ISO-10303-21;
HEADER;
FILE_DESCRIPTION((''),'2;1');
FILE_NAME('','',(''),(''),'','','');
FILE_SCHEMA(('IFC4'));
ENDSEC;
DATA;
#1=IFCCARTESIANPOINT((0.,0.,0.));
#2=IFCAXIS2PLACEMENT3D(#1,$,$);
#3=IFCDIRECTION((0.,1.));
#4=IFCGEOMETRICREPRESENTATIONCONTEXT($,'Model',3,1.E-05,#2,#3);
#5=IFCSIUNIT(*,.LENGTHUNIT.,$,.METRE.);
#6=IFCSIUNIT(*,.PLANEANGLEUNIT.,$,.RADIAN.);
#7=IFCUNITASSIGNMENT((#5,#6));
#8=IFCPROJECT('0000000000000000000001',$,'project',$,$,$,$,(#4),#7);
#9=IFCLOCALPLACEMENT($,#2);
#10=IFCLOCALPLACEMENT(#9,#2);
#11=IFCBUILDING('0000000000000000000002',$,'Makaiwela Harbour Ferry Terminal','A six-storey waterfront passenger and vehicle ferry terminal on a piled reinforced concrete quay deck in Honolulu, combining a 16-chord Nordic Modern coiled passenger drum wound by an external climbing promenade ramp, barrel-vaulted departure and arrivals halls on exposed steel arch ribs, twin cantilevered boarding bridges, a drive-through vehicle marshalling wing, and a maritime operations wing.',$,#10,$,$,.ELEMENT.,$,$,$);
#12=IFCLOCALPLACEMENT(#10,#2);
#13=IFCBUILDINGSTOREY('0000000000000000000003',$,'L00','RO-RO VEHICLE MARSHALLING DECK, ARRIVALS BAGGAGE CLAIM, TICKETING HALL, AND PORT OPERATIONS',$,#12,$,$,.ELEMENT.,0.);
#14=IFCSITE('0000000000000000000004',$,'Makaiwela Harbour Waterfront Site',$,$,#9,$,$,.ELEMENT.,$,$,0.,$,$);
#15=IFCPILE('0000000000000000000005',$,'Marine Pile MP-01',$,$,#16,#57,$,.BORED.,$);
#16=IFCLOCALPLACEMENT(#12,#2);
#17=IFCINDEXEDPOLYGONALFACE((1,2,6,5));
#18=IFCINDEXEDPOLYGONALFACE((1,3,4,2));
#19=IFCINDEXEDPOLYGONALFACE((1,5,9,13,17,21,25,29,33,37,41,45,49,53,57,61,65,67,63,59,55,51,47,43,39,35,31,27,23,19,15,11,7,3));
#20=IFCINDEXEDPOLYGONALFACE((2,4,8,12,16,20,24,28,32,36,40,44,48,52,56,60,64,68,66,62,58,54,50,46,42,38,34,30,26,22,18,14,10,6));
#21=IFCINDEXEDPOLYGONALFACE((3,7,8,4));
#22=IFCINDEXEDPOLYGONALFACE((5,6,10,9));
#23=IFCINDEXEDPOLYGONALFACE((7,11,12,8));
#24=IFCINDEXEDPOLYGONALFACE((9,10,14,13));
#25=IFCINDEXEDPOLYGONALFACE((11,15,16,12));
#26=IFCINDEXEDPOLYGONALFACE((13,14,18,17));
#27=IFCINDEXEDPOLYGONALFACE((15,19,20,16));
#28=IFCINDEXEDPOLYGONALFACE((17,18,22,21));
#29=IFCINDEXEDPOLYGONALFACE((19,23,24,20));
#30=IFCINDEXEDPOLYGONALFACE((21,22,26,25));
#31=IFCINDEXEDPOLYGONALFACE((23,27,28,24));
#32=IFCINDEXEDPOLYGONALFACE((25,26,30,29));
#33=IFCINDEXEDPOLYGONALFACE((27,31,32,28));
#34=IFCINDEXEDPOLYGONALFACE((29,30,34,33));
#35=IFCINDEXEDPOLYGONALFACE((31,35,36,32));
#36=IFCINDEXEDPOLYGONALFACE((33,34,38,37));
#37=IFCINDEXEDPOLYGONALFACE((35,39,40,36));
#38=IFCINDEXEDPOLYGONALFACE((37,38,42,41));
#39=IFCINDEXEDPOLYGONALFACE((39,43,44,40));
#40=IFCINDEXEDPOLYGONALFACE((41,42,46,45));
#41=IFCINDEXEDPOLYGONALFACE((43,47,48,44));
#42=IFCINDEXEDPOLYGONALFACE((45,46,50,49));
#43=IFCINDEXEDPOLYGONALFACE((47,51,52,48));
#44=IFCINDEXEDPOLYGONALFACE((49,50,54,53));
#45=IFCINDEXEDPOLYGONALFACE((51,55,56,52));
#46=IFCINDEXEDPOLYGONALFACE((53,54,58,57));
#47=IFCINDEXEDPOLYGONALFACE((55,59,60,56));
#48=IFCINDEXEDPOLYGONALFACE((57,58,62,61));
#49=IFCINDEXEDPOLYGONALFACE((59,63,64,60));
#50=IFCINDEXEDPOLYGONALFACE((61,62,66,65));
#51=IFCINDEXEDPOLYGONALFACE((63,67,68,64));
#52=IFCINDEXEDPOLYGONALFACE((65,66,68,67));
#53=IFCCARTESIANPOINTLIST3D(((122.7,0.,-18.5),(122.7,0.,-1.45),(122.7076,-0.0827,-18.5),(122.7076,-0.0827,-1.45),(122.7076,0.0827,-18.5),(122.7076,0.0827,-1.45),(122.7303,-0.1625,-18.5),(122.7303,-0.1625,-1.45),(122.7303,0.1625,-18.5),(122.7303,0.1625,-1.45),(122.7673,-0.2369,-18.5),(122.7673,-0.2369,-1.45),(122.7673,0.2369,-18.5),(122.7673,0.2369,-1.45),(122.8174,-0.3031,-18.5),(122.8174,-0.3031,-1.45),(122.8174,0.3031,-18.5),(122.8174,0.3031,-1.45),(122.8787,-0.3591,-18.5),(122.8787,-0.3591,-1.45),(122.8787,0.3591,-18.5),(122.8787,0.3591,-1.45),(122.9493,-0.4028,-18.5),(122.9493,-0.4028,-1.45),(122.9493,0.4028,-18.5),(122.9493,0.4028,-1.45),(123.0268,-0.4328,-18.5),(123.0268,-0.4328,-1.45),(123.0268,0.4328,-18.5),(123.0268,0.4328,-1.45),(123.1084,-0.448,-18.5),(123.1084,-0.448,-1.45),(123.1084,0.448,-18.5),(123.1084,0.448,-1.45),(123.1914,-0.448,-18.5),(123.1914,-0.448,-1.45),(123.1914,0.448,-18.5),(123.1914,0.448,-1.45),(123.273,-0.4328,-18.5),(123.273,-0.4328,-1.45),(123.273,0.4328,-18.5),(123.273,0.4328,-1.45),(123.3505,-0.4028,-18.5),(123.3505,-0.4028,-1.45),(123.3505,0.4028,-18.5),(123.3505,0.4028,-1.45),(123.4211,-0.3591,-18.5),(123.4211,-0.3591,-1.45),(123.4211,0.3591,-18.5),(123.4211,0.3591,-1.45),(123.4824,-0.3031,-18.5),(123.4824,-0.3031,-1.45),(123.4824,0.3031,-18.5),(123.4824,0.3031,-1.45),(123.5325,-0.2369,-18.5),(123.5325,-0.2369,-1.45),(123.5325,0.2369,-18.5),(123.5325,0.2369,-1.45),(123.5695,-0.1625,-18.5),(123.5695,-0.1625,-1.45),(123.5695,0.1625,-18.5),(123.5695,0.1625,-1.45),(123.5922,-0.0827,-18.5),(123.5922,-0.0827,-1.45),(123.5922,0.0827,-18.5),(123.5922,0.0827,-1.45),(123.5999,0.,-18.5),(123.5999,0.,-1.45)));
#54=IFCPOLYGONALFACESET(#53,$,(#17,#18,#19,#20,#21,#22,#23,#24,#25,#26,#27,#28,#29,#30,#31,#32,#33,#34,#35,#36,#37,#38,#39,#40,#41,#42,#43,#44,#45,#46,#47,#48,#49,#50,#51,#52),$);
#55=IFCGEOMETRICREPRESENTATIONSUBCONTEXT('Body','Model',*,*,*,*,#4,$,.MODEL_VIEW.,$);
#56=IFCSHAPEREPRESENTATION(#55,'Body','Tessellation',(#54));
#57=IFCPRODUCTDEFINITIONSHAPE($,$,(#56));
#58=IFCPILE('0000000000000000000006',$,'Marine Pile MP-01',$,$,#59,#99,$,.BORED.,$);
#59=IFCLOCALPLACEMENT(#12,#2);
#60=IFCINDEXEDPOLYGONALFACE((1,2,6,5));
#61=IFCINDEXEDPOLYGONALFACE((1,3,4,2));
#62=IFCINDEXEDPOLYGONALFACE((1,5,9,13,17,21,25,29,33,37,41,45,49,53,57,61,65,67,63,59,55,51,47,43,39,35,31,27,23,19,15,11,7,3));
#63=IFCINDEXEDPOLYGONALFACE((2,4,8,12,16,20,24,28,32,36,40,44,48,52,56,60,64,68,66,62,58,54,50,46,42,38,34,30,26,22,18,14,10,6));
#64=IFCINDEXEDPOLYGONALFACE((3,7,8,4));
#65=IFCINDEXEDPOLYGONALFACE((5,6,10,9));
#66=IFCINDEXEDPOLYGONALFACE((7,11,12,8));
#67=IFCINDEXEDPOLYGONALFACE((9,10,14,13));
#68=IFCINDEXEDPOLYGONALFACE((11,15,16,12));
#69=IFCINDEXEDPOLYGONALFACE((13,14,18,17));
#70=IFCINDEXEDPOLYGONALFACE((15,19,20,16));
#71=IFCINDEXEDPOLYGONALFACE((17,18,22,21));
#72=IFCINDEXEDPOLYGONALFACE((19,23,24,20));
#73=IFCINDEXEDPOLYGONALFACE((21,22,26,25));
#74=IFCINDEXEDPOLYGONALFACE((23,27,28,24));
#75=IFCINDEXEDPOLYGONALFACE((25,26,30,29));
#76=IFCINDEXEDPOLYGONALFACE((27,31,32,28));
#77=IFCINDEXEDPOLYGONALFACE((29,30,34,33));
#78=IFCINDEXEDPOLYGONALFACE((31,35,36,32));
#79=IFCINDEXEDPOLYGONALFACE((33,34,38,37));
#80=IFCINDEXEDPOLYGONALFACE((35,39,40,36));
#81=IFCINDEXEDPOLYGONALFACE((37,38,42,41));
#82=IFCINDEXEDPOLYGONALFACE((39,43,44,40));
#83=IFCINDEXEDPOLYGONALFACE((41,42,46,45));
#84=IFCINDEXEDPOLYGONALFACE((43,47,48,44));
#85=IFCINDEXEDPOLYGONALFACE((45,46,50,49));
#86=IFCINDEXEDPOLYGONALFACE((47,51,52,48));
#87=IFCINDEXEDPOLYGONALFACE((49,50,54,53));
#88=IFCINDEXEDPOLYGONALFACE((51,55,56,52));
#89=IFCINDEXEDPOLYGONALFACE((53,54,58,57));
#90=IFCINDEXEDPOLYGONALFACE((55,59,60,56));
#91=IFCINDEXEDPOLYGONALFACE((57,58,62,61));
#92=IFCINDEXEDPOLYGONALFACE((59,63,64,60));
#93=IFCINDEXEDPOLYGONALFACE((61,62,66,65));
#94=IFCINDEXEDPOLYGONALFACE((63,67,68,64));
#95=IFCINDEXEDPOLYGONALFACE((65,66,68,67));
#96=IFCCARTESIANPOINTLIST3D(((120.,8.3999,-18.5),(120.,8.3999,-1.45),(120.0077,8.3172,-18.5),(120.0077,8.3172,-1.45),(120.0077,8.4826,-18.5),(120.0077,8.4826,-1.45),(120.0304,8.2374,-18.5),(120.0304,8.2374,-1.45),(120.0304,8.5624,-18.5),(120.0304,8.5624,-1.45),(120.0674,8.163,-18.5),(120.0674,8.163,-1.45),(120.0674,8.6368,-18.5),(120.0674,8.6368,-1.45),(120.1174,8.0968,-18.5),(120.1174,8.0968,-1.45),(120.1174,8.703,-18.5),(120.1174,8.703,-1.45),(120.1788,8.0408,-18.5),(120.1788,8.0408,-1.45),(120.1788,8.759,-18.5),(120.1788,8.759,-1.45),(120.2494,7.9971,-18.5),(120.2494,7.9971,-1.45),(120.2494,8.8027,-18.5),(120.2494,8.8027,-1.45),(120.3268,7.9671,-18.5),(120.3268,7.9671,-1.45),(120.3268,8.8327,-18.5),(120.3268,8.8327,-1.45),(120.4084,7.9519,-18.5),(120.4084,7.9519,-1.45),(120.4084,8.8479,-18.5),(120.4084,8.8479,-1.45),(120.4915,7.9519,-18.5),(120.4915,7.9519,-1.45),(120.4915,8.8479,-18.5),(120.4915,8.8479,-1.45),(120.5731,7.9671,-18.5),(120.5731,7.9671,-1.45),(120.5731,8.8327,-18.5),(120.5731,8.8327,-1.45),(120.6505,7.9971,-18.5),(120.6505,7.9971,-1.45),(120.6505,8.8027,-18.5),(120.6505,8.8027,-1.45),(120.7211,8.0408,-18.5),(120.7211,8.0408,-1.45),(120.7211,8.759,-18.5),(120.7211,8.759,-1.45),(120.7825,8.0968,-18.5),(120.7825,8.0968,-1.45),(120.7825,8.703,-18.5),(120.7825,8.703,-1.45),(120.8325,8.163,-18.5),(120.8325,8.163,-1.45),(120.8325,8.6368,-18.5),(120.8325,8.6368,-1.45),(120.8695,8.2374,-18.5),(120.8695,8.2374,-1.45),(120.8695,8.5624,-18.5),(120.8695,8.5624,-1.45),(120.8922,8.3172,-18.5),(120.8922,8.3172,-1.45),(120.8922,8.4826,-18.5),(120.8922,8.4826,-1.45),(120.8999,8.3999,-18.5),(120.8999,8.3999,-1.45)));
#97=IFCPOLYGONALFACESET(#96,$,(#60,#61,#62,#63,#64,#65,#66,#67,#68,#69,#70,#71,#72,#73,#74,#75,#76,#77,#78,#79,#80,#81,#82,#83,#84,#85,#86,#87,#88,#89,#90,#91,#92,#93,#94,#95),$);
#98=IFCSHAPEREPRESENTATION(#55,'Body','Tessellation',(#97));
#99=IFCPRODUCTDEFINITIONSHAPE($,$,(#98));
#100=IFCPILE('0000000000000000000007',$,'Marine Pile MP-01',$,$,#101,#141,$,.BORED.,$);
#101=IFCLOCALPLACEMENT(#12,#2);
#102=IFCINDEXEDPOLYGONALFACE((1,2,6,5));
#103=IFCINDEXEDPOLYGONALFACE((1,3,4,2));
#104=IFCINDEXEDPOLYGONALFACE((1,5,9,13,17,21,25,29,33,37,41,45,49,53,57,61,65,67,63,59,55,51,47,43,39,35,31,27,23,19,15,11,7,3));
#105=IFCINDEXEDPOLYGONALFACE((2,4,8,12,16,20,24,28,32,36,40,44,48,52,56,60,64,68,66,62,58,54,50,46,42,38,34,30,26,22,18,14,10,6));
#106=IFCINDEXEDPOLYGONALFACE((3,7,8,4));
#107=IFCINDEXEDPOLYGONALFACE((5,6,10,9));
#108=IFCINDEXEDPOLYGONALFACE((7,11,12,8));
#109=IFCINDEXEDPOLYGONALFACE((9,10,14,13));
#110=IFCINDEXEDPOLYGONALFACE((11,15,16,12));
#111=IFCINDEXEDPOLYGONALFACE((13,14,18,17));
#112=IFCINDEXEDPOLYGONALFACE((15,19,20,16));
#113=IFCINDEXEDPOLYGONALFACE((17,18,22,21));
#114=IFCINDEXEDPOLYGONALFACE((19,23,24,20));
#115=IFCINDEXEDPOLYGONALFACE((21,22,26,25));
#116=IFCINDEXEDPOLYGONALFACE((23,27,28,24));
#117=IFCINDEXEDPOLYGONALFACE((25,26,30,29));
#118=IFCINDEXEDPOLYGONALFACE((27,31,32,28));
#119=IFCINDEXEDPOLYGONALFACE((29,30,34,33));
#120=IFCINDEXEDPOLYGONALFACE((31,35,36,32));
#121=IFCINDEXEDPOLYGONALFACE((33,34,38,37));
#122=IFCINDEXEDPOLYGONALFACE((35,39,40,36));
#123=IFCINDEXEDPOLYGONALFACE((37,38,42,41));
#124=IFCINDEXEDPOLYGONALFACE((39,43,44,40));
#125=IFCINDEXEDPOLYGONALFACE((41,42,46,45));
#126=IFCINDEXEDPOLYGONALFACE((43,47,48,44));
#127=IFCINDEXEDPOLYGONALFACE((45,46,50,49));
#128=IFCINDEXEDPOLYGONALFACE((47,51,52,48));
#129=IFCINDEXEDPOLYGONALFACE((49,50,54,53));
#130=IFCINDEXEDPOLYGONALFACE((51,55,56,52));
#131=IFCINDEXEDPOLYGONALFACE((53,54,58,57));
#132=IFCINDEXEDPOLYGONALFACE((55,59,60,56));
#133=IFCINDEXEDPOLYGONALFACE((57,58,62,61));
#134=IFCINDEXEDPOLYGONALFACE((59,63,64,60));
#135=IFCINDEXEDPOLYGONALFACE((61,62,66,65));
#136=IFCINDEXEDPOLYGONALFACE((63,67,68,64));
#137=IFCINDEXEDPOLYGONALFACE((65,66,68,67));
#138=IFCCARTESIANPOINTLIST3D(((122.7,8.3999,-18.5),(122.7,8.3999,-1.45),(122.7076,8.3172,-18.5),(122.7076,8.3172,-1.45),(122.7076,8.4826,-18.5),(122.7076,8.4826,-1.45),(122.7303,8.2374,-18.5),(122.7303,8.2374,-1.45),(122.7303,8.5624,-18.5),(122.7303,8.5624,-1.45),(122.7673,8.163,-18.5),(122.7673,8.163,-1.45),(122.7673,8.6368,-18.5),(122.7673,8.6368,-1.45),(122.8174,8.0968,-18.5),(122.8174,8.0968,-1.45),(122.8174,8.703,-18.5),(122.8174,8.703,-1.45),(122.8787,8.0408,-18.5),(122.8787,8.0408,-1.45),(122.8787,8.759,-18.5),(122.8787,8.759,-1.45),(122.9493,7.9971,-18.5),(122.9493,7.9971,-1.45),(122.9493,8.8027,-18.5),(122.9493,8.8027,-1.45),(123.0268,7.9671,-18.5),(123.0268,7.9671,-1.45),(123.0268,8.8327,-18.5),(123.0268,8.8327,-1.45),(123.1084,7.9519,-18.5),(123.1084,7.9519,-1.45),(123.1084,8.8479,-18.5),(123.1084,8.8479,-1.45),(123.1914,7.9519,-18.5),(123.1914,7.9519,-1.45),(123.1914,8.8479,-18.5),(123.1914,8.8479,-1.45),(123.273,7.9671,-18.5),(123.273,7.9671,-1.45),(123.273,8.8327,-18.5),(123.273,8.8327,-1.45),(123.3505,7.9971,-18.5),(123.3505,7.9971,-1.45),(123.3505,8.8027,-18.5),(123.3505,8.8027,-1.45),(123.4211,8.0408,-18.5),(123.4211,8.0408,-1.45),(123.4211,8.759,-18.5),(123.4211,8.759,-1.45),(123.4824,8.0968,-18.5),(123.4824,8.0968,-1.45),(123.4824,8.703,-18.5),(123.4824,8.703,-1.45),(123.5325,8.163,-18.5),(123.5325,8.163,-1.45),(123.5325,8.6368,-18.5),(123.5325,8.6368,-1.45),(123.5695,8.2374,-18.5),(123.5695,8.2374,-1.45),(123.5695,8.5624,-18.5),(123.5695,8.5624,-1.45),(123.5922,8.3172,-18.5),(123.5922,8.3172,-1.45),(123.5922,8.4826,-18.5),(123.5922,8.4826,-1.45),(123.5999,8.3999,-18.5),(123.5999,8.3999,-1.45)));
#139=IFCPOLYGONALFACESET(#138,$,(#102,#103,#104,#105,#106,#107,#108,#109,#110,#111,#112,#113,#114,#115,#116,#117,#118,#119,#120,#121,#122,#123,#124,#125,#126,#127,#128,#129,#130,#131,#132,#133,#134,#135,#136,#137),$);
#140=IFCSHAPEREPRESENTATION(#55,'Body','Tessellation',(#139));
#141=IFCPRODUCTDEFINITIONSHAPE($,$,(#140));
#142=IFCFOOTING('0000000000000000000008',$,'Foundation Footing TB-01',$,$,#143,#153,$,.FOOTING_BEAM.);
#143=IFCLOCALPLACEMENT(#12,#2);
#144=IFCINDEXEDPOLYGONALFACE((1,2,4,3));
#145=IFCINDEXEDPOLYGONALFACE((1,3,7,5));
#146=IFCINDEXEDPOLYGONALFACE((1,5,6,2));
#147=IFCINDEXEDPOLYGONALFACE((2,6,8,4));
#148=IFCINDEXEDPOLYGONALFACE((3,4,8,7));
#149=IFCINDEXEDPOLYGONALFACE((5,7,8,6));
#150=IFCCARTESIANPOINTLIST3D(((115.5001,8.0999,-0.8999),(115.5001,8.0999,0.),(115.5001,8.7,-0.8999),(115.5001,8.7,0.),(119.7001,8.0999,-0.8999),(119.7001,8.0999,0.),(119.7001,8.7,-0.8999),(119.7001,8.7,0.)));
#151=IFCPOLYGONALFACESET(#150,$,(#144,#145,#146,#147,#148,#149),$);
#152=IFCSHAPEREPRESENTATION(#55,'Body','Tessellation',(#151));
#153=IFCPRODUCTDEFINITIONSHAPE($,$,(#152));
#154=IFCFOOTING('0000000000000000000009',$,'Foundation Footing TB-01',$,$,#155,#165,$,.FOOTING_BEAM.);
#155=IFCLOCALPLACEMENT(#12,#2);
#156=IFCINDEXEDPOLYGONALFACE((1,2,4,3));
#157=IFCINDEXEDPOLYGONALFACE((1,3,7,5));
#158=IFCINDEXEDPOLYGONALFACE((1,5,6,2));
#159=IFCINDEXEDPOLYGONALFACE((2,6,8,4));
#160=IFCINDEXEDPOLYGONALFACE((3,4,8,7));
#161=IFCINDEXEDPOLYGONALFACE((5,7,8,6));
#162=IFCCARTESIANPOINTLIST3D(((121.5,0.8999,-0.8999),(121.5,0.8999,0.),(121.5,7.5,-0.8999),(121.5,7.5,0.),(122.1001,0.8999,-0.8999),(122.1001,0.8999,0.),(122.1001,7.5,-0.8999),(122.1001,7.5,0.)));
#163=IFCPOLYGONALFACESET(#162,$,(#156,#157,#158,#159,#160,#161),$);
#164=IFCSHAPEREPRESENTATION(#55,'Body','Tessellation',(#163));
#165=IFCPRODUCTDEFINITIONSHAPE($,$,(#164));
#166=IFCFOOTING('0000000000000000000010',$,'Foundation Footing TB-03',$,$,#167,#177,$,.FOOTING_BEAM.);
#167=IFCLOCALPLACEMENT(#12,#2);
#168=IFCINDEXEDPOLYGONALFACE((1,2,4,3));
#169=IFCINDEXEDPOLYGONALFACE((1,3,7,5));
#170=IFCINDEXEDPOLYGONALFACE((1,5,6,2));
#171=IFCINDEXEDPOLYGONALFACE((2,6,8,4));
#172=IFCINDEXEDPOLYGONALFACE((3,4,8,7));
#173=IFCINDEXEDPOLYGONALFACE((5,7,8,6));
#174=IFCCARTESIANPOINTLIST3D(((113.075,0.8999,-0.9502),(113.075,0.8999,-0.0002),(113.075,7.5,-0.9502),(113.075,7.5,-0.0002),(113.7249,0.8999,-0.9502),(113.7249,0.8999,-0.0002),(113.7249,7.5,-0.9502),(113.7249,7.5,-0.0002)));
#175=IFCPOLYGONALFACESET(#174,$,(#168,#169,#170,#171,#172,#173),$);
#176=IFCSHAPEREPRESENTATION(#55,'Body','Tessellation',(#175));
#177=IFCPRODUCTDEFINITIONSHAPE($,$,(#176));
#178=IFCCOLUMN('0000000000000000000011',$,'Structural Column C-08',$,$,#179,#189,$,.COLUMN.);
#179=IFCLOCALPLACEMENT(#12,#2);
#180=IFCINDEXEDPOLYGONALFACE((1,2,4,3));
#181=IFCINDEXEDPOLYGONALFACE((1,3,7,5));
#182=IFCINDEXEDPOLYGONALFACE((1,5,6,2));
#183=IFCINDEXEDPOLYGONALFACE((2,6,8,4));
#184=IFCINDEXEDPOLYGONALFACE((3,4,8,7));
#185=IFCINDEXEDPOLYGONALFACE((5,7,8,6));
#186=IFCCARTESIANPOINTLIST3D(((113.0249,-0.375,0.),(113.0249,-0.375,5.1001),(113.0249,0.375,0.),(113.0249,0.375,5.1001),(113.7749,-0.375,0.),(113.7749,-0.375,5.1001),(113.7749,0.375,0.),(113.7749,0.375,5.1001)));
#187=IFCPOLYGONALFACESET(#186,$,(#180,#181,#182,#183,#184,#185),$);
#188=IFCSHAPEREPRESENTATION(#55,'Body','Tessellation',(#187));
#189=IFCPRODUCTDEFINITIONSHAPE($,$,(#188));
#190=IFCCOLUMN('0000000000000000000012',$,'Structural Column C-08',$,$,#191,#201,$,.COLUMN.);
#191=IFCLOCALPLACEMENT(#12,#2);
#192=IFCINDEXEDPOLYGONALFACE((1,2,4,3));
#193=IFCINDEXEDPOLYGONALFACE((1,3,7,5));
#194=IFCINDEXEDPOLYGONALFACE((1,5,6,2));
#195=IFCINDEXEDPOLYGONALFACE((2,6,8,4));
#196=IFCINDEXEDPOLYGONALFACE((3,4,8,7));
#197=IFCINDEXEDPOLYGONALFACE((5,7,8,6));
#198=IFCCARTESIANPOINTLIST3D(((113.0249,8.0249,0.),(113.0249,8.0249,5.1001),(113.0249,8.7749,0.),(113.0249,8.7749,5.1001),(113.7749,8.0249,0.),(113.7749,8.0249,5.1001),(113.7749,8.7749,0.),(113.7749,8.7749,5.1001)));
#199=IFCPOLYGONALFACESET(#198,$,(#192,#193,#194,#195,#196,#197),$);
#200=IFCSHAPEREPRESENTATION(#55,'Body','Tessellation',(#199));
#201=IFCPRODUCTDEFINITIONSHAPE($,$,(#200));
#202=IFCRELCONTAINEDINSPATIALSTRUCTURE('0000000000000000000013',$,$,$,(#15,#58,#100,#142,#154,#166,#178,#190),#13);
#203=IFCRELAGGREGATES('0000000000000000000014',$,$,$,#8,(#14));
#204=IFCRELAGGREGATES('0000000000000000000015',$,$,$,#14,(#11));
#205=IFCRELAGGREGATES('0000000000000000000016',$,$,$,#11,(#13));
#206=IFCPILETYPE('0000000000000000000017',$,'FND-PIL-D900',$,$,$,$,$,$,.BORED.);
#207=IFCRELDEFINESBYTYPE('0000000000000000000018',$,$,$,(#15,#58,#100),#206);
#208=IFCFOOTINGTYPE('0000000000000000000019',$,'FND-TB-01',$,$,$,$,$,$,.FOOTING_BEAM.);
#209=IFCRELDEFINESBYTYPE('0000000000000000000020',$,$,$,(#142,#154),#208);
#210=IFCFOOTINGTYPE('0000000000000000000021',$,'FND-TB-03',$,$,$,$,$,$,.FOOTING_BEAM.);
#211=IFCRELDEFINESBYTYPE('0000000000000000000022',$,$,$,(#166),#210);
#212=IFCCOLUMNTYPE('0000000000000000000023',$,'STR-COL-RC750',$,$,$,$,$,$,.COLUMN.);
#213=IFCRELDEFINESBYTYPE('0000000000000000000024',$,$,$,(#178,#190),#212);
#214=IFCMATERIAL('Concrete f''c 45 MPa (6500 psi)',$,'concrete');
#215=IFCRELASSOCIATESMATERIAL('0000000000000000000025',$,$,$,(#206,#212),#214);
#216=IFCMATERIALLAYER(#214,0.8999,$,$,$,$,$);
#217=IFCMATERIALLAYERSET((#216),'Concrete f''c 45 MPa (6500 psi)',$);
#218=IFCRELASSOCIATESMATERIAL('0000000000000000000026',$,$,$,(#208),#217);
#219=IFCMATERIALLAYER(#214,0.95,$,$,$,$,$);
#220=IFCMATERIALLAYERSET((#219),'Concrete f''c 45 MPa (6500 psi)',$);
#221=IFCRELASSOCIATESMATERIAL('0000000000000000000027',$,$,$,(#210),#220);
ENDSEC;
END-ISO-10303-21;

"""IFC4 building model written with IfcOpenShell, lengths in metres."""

from ifc_helpers import new_model, si_unit, direction, frame, origin, origin_2d, place, context, subcontext, project, spatial, rectangle, circle, extrude, material, layer, layer_set, material_profile, profile_set, type_object, element, save


model = new_model("IFC4")

# Units and contexts
model_context = context("Model", 3, precision=1e-05, world=origin(), true_north=direction((0.0, 1.0)))
body_context = subcontext(model_context, "Body", "Model", "MODEL_VIEW")
ifc_project = project(units=[si_unit("LENGTHUNIT", "METRE"), si_unit("PLANEANGLEUNIT", "RADIAN")], contexts=[model_context])

# Site, building, storey
site_placement = place(None, origin())
site = spatial("IfcSite", under=ifc_project, at=site_placement, Name="Makaiwela Harbour Waterfront Site", CompositionType="ELEMENT", RefElevation=0.0)
building_placement = place(site_placement, origin())
building = spatial("IfcBuilding", under=site, at=building_placement, Name="Makaiwela Harbour Ferry Terminal", Description="A six-storey waterfront passenger and vehicle ferry terminal on a piled reinforced concrete quay deck in Honolulu, combining a 16-chord Nordic Modern coiled passenger drum wound by an external climbing promenade ramp, barrel-vaulted departure and arrivals halls on exposed steel arch ribs, twin cantilevered boarding bridges, a drive-through vehicle marshalling wing, and a maritime operations wing.", CompositionType="ELEMENT")
storey_placement = place(building_placement, origin())
storey = spatial("IfcBuildingStorey", under=building, at=storey_placement, Name="L00", Description="RO-RO VEHICLE MARSHALLING DECK, ARRIVALS BAGGAGE CLAIM, TICKETING HALL, AND PORT OPERATIONS", CompositionType="ELEMENT", Elevation=0.0)

# Shared definitions
ifc_material_1 = material(Name="Concrete f'c 45 MPa (6500 psi)", Category="concrete")

# Piles
ifc_material_profile_1 = material_profile(ifc_material_1, circle(Radius=0.45, at=origin_2d()), Name="PILE-D900")
ifc_profile_set_1 = profile_set([ifc_material_profile_1], Name="Concrete f'c 45 MPa (6500 psi)")
pile_type = type_object("IfcPileType", Name="FND-PIL-D900", PredefinedType="BORED", material=ifc_profile_set_1)
for number, where, z_axis, x_axis, name in (
    (1, (123.1499, 0.0, -1.45), (0.0, 0.0, -1.0), (1.0, 0.0, 0.0), "Marine Pile MP-01"),
    (2, (120.45, 8.3999, -1.45), (0.0, 0.0, -1.0), (1.0, 0.0, 0.0), "Marine Pile MP-01"),
    (3, (123.1499, 8.3999, -1.45), (0.0, 0.0, -1.0), (1.0, 0.0, 0.0), "Marine Pile MP-01"),
):
    element("IfcPile", number, at=place(storey_placement, frame(where, z_axis=z_axis, x_axis=x_axis)), inside=storey, type_object=pile_type, Name=name, PredefinedType="BORED", context=body_context, shape_type="SweptSolid", body=[
        extrude(circle(Radius=0.45, at=origin_2d()), origin(), (0.0, 0.0, 1.0), 17.05),
    ])

# Footings
ifc_layer_1 = layer(ifc_material_1, 0.8999)
ifc_layer_set_1 = layer_set([ifc_layer_1], Name="Concrete f'c 45 MPa (6500 psi)")
footing_type_1 = type_object("IfcFootingType", Name="FND-TB-01", PredefinedType="FOOTING_BEAM", material=ifc_layer_set_1)
footing_1_placement = place(storey_placement, frame((117.6001, 8.3999, -0.8999), z_axis=(0.0, 0.0, 1.0), x_axis=(1.0, 0.0, 0.0)))
element("IfcFooting", 4, at=footing_1_placement, inside=storey, type_object=footing_type_1, Name="Foundation Footing TB-01", PredefinedType="FOOTING_BEAM", context=body_context, shape_type="SweptSolid", body=[
    extrude(rectangle(XDim=4.2, YDim=0.6001, at=origin_2d()), origin(), (0.0, 0.0, 1.0), 0.8999),
])
footing_2_placement = place(storey_placement, frame((121.8, 4.2, -0.8999), z_axis=(0.0, 0.0, 1.0), x_axis=(0.0, 1.0, 0.0)))
element("IfcFooting", 5, at=footing_2_placement, inside=storey, type_object=footing_type_1, Name="Foundation Footing TB-01", PredefinedType="FOOTING_BEAM", context=body_context, shape_type="SweptSolid", body=[
    extrude(rectangle(XDim=6.6001, YDim=0.6001, at=origin_2d()), origin(), (0.0, 0.0, 1.0), 0.8999),
])
ifc_layer_2 = layer(ifc_material_1, 0.95)
ifc_layer_set_2 = layer_set([ifc_layer_2], Name="Concrete f'c 45 MPa (6500 psi)")
footing_type_2 = type_object("IfcFootingType", Name="FND-TB-03", PredefinedType="FOOTING_BEAM", material=ifc_layer_set_2)
footing_3_placement = place(storey_placement, frame((113.3999, 4.2, -0.9502), z_axis=(0.0, 0.0, 1.0), x_axis=(0.0, 1.0, 0.0)))
element("IfcFooting", 6, at=footing_3_placement, inside=storey, type_object=footing_type_2, Name="Foundation Footing TB-03", PredefinedType="FOOTING_BEAM", context=body_context, shape_type="SweptSolid", body=[
    extrude(rectangle(XDim=6.6001, YDim=0.6499, at=origin_2d()), origin(), (0.0, 0.0, 1.0), 0.95),
])

# Columns
ifc_material_profile_2 = material_profile(ifc_material_1, rectangle(XDim=0.75, YDim=0.75, at=origin_2d()), Name="RC-750X750")
ifc_profile_set_2 = profile_set([ifc_material_profile_2], Name="Concrete f'c 45 MPa (6500 psi)")
column_type_1 = type_object("IfcColumnType", Name="STR-COL-RC750", PredefinedType="COLUMN", material=ifc_profile_set_2)
for number, where, z_axis, x_axis, name in (
    (7, (113.3999, 0.0, 0.0), (0.0, 0.0, 1.0), (1.0, 0.0, 0.0), "Structural Column C-08"),
    (8, (113.3999, 8.3999, 0.0), (0.0, 0.0, 1.0), (1.0, 0.0, 0.0), "Structural Column C-08"),
):
    element("IfcColumn", number, at=place(storey_placement, frame(where, z_axis=z_axis, x_axis=x_axis)), inside=storey, type_object=column_type_1, Name=name, PredefinedType="COLUMN", context=body_context, shape_type="SweptSolid", body=[
        extrude(rectangle(XDim=0.75, YDim=0.75, at=origin_2d()), origin(), (0.0, 0.0, 1.0), 5.1001),
    ])

save(model, "model.ifc")
